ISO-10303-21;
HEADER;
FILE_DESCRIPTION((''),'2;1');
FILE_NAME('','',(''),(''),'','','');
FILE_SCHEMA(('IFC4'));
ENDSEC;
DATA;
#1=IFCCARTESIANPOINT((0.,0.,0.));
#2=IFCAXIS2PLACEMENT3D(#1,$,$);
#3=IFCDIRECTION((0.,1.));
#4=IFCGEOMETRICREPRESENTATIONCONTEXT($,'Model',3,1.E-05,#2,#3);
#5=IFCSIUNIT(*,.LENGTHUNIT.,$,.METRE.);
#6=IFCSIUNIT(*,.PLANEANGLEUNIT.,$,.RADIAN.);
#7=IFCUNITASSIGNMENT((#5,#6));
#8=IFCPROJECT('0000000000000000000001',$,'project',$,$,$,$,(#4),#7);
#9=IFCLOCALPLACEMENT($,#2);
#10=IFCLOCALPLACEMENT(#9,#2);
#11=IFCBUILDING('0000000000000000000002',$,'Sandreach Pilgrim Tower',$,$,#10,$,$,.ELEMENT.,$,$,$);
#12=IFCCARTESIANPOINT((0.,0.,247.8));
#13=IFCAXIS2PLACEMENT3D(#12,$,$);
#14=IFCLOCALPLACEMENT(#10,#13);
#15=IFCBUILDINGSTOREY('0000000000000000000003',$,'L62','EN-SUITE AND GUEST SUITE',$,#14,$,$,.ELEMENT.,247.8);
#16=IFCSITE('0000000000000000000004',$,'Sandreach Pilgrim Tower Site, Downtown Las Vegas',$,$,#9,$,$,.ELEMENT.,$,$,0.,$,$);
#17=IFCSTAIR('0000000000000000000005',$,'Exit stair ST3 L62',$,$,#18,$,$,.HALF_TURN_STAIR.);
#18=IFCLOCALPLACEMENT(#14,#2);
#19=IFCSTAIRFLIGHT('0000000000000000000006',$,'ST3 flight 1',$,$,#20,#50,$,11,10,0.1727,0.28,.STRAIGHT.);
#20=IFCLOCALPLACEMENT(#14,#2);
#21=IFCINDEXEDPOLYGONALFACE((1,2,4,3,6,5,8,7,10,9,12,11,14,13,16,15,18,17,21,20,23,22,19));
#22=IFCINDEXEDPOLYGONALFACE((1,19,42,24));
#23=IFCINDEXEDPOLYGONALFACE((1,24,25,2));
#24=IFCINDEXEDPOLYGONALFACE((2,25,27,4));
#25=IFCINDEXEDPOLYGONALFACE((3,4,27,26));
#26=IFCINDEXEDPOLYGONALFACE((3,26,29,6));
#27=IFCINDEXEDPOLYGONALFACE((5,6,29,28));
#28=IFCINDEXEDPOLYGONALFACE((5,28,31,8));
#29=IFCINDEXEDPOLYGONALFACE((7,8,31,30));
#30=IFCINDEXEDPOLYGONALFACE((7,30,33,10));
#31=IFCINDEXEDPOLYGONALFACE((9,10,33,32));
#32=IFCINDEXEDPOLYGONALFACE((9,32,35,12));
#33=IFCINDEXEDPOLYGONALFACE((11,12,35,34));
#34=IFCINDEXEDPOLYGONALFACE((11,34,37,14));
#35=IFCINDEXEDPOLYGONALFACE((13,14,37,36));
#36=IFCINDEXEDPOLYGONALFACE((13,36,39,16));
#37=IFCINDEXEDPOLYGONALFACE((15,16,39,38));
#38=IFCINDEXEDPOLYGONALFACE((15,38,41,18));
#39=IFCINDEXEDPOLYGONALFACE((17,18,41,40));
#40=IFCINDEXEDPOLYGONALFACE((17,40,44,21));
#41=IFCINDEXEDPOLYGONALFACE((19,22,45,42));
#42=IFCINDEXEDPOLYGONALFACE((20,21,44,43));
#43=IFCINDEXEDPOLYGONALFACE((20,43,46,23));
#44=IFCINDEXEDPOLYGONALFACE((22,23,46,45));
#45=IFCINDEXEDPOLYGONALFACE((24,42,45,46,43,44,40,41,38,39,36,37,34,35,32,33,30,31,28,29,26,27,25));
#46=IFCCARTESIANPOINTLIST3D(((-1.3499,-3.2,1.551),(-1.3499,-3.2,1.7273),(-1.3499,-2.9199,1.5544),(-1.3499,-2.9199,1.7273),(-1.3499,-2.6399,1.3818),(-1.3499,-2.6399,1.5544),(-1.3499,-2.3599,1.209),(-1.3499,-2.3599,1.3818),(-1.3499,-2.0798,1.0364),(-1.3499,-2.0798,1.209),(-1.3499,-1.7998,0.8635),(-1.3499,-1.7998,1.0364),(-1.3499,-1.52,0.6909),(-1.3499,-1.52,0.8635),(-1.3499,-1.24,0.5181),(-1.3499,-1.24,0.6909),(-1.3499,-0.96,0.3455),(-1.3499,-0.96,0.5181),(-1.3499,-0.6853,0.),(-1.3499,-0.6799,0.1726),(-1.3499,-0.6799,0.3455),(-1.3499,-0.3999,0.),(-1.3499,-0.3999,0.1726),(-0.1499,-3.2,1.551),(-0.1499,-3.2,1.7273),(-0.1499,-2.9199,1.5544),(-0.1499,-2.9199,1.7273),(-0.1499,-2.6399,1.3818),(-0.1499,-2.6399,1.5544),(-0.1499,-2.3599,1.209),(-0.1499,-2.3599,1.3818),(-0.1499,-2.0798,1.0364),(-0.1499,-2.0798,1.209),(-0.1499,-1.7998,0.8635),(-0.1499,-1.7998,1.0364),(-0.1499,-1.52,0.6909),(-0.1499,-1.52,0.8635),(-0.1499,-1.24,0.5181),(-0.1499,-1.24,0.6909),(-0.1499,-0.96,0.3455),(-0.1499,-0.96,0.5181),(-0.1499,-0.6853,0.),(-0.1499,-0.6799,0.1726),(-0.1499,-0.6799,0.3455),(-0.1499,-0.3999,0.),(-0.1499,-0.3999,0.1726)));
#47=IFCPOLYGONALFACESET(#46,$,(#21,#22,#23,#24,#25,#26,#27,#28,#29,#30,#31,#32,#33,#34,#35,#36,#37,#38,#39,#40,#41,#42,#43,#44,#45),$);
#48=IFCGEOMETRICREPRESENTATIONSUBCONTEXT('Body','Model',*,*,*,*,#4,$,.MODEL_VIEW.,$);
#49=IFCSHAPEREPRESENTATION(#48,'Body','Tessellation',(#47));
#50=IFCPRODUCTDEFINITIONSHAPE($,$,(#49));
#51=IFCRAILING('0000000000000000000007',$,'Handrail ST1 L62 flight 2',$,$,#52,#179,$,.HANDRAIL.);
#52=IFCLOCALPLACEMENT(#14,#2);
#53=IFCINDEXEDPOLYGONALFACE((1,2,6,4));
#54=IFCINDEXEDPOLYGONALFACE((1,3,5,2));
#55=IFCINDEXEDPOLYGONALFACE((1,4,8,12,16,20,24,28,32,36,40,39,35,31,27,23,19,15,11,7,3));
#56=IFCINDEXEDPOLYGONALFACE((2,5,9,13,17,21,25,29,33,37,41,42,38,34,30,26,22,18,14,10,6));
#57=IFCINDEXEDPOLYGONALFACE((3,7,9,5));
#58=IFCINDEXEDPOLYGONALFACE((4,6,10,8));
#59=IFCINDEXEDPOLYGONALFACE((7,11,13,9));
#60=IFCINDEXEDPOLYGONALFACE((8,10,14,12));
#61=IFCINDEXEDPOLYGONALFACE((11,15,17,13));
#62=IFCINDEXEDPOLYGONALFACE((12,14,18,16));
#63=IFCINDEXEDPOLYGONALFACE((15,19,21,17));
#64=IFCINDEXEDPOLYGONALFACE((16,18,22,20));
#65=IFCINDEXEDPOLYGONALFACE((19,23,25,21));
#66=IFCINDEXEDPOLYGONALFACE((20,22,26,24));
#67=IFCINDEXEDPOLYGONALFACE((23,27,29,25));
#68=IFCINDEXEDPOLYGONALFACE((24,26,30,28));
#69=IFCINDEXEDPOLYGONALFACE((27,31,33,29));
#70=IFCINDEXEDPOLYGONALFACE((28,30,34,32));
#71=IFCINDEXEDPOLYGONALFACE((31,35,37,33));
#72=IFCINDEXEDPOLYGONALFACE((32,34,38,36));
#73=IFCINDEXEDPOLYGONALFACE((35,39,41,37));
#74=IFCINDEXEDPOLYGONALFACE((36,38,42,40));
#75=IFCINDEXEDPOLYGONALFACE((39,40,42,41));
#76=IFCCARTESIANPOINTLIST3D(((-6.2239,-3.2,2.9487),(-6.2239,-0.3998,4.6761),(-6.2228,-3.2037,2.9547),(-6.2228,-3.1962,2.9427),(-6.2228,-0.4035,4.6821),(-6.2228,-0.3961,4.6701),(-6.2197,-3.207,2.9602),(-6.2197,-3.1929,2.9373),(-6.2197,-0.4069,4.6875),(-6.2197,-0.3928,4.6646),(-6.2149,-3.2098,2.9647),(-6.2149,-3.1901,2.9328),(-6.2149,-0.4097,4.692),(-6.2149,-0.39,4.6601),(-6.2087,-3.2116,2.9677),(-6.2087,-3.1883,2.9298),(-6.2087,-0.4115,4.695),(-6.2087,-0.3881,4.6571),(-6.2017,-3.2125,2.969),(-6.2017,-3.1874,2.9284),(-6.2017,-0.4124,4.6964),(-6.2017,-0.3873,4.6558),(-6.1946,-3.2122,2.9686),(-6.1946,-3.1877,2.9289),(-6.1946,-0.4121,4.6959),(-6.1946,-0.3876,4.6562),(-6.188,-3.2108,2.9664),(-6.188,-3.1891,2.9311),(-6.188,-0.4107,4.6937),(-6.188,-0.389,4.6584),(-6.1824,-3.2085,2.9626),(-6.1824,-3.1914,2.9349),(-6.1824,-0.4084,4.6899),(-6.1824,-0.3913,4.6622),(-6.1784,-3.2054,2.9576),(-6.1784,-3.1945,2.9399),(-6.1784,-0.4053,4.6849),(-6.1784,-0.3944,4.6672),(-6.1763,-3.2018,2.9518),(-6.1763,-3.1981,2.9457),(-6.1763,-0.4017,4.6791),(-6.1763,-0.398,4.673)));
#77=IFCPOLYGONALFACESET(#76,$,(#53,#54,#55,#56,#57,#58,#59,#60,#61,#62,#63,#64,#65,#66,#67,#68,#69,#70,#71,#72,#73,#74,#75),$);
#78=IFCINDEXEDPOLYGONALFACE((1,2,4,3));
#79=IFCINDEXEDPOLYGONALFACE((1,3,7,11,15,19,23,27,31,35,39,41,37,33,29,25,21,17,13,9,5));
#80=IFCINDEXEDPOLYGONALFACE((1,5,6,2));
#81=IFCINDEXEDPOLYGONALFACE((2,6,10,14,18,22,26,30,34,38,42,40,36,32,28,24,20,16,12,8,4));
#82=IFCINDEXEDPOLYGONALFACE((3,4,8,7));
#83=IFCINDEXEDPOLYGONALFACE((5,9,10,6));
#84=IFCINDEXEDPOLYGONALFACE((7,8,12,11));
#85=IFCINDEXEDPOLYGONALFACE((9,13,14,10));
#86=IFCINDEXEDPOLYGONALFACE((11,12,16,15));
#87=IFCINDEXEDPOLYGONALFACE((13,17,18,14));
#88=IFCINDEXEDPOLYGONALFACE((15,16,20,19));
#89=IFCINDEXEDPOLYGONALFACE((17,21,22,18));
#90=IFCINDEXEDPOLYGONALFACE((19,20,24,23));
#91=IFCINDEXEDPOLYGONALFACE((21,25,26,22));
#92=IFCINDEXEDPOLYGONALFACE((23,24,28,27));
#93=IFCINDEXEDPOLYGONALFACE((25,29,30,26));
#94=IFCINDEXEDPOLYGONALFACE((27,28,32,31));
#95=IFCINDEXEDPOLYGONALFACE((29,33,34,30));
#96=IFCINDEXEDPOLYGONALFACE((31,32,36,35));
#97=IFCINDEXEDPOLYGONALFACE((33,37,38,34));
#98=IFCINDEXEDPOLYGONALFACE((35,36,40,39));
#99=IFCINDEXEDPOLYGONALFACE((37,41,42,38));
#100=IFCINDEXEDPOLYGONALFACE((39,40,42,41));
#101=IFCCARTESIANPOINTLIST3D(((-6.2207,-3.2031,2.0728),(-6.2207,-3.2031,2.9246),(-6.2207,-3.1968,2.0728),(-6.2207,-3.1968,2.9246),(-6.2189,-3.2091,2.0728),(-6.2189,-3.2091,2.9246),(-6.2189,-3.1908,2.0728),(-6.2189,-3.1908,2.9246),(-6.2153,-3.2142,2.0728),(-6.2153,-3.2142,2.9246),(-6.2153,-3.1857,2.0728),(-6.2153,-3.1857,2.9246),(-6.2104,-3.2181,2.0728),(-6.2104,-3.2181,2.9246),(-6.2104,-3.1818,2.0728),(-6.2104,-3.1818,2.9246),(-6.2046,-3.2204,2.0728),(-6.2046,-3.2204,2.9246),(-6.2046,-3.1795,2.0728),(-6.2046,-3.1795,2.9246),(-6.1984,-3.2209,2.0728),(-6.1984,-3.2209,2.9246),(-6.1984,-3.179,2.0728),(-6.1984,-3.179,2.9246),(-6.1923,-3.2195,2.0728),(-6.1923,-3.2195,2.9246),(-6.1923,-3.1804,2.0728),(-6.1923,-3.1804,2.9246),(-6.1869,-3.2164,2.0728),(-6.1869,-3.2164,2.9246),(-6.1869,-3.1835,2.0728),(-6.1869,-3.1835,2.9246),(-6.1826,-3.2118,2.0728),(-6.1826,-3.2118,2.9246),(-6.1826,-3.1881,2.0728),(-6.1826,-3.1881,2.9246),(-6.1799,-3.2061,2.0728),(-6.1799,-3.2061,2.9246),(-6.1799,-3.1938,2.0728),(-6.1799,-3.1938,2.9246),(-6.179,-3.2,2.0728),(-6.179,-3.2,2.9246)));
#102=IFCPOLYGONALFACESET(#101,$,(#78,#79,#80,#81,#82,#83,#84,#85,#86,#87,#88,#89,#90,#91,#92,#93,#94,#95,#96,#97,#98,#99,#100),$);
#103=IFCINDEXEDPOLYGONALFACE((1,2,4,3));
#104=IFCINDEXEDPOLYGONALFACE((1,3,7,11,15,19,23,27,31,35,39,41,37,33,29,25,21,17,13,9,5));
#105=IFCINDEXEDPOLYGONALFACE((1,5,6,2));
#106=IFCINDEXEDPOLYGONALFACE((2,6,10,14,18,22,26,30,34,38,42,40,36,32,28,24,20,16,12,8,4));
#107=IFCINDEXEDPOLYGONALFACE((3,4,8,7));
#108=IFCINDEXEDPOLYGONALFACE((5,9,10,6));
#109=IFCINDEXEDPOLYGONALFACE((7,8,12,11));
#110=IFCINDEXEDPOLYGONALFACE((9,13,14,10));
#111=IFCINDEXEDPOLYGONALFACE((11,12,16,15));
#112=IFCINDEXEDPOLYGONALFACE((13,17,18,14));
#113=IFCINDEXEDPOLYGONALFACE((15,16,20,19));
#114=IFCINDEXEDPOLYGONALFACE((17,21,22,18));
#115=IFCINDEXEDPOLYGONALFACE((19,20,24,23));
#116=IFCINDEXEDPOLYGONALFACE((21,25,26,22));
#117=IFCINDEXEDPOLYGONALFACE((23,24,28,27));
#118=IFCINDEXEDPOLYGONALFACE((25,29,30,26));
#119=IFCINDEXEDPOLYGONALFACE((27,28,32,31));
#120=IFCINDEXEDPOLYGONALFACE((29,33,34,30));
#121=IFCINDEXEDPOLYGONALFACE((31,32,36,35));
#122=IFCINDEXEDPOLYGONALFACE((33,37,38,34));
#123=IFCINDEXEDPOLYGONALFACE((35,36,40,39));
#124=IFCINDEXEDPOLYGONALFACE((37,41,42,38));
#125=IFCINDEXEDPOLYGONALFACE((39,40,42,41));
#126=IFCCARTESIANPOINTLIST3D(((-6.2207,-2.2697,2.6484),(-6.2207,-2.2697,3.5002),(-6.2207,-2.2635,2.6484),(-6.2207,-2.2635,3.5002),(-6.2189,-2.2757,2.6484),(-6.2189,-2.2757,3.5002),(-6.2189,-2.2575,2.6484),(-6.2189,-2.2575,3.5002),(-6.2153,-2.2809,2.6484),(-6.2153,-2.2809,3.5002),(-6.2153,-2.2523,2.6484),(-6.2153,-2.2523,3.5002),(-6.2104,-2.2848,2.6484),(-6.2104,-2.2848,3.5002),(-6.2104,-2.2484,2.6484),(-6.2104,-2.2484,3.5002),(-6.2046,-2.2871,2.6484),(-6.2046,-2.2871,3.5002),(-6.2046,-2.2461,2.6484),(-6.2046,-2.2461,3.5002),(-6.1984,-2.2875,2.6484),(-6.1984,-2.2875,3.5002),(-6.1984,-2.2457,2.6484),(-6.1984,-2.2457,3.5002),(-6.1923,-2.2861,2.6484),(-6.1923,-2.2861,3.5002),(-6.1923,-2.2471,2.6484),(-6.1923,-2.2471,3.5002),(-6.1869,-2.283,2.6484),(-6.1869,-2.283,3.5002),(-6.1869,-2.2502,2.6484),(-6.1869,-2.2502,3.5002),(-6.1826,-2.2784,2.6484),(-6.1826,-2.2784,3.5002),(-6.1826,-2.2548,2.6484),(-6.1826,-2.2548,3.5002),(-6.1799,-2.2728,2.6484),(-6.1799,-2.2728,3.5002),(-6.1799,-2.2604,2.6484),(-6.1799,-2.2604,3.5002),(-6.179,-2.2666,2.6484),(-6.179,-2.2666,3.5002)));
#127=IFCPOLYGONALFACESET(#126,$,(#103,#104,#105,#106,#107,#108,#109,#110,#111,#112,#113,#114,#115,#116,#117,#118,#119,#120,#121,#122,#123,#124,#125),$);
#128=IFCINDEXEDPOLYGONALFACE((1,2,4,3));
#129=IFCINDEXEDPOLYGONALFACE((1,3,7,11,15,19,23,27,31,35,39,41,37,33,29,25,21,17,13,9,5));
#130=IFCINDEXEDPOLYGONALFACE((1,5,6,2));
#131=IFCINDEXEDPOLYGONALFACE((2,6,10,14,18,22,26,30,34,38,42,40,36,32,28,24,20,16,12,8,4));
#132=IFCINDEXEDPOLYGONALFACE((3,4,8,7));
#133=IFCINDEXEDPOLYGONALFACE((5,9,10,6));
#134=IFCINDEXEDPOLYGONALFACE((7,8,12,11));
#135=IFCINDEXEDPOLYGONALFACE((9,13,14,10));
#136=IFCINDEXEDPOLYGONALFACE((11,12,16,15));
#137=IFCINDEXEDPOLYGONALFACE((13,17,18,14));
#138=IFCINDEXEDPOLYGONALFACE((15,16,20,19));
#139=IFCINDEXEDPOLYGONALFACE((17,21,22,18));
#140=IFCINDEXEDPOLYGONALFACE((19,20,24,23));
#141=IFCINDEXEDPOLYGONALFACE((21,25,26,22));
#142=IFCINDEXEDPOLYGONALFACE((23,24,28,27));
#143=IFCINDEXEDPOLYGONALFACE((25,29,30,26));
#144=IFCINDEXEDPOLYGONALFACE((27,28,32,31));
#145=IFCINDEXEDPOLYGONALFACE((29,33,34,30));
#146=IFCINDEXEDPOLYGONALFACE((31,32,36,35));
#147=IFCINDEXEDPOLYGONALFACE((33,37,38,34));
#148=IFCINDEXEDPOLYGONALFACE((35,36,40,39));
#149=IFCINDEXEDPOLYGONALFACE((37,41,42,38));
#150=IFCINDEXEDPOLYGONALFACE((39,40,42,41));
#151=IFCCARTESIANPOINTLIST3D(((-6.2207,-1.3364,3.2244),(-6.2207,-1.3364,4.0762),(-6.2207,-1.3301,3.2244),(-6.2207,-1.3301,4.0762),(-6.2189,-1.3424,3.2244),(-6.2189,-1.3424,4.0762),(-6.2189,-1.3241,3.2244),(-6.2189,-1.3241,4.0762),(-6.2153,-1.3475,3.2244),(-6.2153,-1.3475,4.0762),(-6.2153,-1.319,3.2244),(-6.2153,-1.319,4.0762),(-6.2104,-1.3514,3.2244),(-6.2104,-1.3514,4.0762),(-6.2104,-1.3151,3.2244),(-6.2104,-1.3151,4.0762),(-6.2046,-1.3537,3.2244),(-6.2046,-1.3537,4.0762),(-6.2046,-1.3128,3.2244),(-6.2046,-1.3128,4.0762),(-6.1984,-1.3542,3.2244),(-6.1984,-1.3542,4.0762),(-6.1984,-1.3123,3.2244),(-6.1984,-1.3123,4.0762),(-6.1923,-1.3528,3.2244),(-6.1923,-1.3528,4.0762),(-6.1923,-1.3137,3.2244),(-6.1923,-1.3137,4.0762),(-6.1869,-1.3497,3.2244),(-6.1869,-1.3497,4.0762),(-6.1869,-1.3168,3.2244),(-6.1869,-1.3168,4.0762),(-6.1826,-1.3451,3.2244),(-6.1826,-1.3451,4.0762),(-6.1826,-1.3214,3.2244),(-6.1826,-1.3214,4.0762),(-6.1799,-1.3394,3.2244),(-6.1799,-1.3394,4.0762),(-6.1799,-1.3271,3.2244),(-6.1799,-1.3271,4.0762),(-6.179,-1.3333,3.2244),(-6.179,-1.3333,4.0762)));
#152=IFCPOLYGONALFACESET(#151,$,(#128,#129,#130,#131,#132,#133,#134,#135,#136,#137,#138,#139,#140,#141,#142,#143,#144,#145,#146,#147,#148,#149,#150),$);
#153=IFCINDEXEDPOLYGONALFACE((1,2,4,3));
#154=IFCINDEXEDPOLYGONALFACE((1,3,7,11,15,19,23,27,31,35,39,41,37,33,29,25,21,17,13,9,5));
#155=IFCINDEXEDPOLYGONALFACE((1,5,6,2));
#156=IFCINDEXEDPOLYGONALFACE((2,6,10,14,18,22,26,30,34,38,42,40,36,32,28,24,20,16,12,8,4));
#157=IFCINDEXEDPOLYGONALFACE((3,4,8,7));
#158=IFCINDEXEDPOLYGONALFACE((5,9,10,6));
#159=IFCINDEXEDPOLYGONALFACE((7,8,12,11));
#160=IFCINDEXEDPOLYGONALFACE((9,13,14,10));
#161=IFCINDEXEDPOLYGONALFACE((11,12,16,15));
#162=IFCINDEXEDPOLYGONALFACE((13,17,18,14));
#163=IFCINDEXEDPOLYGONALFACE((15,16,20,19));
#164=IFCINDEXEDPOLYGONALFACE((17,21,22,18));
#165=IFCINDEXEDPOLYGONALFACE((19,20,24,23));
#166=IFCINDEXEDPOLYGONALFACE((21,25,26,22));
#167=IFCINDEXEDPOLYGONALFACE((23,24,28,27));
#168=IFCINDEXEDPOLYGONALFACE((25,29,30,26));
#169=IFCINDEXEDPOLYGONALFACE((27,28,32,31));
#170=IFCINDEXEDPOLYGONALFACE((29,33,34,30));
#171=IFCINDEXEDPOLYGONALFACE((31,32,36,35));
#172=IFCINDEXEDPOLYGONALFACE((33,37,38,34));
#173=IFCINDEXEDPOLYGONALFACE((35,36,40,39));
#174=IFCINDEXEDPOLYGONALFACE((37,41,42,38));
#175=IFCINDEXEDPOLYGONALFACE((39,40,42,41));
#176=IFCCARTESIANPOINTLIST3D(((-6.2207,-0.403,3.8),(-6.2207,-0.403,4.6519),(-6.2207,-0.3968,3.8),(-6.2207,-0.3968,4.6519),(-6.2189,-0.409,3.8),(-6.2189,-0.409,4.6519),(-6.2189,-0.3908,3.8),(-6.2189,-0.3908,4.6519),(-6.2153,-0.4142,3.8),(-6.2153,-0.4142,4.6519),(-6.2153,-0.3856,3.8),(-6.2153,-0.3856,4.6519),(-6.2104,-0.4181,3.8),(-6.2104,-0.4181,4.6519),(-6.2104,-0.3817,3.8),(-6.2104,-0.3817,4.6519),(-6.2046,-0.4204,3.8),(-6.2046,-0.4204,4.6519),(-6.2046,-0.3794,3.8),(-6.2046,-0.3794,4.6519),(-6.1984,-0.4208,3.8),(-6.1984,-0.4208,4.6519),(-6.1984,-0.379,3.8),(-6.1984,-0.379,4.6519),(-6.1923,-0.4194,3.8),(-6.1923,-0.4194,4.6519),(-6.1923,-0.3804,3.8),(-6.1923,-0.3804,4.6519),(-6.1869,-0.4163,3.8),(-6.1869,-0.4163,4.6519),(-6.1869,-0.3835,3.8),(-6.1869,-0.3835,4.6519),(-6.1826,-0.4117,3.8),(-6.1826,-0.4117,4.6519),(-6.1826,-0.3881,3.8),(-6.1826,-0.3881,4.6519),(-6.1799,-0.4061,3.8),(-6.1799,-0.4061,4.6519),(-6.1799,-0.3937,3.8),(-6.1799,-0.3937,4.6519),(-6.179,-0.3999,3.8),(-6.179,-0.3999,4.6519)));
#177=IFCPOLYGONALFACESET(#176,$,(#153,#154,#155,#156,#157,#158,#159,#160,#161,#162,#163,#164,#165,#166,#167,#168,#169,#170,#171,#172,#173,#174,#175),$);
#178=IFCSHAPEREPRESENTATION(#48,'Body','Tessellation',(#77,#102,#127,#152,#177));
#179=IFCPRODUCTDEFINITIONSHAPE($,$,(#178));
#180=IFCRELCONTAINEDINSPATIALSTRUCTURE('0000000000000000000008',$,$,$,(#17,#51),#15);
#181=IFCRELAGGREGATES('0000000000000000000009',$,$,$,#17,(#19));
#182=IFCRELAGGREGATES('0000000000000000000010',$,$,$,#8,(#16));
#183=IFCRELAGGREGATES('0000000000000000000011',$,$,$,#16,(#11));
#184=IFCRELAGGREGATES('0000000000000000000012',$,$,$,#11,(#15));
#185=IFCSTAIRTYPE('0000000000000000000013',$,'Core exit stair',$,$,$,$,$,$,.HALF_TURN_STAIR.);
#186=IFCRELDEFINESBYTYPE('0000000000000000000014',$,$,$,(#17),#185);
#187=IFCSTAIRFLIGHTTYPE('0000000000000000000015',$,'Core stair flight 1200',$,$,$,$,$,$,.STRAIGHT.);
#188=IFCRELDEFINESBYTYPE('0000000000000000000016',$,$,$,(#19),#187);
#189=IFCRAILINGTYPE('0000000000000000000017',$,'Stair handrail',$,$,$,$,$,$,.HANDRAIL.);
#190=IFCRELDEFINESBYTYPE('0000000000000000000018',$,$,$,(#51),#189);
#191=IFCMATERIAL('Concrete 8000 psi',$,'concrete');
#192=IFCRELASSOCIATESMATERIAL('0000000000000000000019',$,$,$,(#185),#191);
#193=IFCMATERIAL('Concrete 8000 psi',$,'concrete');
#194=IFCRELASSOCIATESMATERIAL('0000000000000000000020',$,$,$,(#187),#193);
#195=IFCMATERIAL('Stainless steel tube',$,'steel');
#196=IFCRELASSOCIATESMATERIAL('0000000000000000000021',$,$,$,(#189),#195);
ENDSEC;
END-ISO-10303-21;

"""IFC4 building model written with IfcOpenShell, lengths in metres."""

from ifc_helpers import new_model, si_unit, direction, frame, origin, origin_2d, place, context, subcontext, project, spatial, polyline, circle, outline, extrude, material, type_object, element, aggregate, save


model = new_model("IFC4")

# Units and contexts
model_context = context("Model", 3, precision=1e-05, world=origin(), true_north=direction((0.0, 1.0)))
body_context = subcontext(model_context, "Body", "Model", "MODEL_VIEW")
ifc_project = project(units=[si_unit("LENGTHUNIT", "METRE"), si_unit("PLANEANGLEUNIT", "RADIAN")], contexts=[model_context])

# Site, building, storey
site_placement = place(None, origin())
site = spatial("IfcSite", under=ifc_project, at=site_placement, Name="Sandreach Pilgrim Tower Site, Downtown Las Vegas", CompositionType="ELEMENT", RefElevation=0.0)
building_placement = place(site_placement, origin())
building = spatial("IfcBuilding", under=site, at=building_placement, Name="Sandreach Pilgrim Tower", CompositionType="ELEMENT")
storey_placement = place(building_placement, frame((0.0, 0.0, 247.8)))
storey = spatial("IfcBuildingStorey", under=building, at=storey_placement, Name="L62", Description="EN-SUITE AND GUEST SUITE", CompositionType="ELEMENT", Elevation=247.8)

# Stair, stair flight
ifc_material_1 = material(Name="Concrete 8000 psi", Category="concrete")
stair_type = type_object("IfcStairType", Name="Core exit stair", PredefinedType="HALF_TURN_STAIR", material=ifc_material_1)
ifc_material_2 = material(Name="Concrete 8000 psi", Category="concrete")
stair_flight_type = type_object("IfcStairFlightType", Name="Core stair flight 1200", PredefinedType="STRAIGHT", material=ifc_material_2)
stair_1_placement = place(storey_placement, origin())
stair_1 = element("IfcStair", 1, at=stair_1_placement, inside=storey, type_object=stair_type, Name="Exit stair ST3 L62", PredefinedType="HALF_TURN_STAIR")
stair_flight_1_placement = place(storey_placement, frame((-0.75, -0.3999, 0.0), z_axis=(0.0, 0.0, 1.0), x_axis=(0.0, -1.0, 0.0)))
stair_flight_1 = element("IfcStairFlight", 2, at=stair_flight_1_placement, type_object=stair_flight_type, Name="ST3 flight 1", NumberOfRisers=11, NumberOfTreads=10, PredefinedType="STRAIGHT", RiserHeight=0.1727, TreadLength=0.28, context=body_context, shape_type="SweptSolid", body=[
    extrude(outline(polyline([(0.0, 0.0), (0.0, 0.1726), (0.28, 0.1726), (0.28, 0.3455), (0.5601, 0.3455), (0.5601, 0.5181), (0.8401, 0.5181), (0.8401, 0.6909), (1.1201, 0.6909), (1.1201, 0.8635), (1.3999, 0.8635), (1.3999, 1.0364), (1.6799, 1.0364), (1.6799, 1.209), (1.96, 1.209), (1.96, 1.3818), (2.24, 1.3818), (2.24, 1.5544), (2.52, 1.5544), (2.52, 1.7273), (2.8, 1.7273), (2.8, 1.8999), (2.8, 1.551), (0.2854, 0.0), (0.0, 0.0)])), frame((0.0, 0.6001, 0.0), z_axis=(0.0, -1.0, 0.0), x_axis=(1.0, 0.0, 0.0)), (0.0, 0.0, 1.0), 1.2),
])
aggregate(stair_1, [stair_flight_1])

# Railing
ifc_material_3 = material(Name="Stainless steel tube", Category="steel")
railing_type = type_object("IfcRailingType", Name="Stair handrail", PredefinedType="HANDRAIL", material=ifc_material_3)
for number, where, name in (
    (3, (-6.2, -3.2, 2.0728), "Handrail ST1 L62 flight 2"),
):
    element("IfcRailing", number, at=place(storey_placement, frame(where)), inside=storey, type_object=railing_type, Name=name, PredefinedType="HANDRAIL", context=body_context, shape_type="SweptSolid", body=[
        extrude(circle(Radius=0.0239, at=origin_2d()), frame((0.0, 0.0, 0.876), z_axis=(0.0, 0.85109, 0.52502), x_axis=(-1.0, 0.0, 0.0)), (0.0, 0.0, 1.0), 3.29),
        extrude(circle(Radius=0.021, at=origin_2d()), origin(), (0.0, 0.0, 1.0), 0.8518),
        extrude(circle(Radius=0.021, at=origin_2d()), frame((0.0, 0.9333, 0.5757)), (0.0, 0.0, 1.0), 0.8518),
        extrude(circle(Radius=0.021, at=origin_2d()), frame((0.0, 1.8667, 1.1516)), (0.0, 0.0, 1.0), 0.8518),
        extrude(circle(Radius=0.021, at=origin_2d()), frame((0.0, 2.8, 1.7273)), (0.0, 0.0, 1.0), 0.8518),
    ])

save(model, "model.ifc")
